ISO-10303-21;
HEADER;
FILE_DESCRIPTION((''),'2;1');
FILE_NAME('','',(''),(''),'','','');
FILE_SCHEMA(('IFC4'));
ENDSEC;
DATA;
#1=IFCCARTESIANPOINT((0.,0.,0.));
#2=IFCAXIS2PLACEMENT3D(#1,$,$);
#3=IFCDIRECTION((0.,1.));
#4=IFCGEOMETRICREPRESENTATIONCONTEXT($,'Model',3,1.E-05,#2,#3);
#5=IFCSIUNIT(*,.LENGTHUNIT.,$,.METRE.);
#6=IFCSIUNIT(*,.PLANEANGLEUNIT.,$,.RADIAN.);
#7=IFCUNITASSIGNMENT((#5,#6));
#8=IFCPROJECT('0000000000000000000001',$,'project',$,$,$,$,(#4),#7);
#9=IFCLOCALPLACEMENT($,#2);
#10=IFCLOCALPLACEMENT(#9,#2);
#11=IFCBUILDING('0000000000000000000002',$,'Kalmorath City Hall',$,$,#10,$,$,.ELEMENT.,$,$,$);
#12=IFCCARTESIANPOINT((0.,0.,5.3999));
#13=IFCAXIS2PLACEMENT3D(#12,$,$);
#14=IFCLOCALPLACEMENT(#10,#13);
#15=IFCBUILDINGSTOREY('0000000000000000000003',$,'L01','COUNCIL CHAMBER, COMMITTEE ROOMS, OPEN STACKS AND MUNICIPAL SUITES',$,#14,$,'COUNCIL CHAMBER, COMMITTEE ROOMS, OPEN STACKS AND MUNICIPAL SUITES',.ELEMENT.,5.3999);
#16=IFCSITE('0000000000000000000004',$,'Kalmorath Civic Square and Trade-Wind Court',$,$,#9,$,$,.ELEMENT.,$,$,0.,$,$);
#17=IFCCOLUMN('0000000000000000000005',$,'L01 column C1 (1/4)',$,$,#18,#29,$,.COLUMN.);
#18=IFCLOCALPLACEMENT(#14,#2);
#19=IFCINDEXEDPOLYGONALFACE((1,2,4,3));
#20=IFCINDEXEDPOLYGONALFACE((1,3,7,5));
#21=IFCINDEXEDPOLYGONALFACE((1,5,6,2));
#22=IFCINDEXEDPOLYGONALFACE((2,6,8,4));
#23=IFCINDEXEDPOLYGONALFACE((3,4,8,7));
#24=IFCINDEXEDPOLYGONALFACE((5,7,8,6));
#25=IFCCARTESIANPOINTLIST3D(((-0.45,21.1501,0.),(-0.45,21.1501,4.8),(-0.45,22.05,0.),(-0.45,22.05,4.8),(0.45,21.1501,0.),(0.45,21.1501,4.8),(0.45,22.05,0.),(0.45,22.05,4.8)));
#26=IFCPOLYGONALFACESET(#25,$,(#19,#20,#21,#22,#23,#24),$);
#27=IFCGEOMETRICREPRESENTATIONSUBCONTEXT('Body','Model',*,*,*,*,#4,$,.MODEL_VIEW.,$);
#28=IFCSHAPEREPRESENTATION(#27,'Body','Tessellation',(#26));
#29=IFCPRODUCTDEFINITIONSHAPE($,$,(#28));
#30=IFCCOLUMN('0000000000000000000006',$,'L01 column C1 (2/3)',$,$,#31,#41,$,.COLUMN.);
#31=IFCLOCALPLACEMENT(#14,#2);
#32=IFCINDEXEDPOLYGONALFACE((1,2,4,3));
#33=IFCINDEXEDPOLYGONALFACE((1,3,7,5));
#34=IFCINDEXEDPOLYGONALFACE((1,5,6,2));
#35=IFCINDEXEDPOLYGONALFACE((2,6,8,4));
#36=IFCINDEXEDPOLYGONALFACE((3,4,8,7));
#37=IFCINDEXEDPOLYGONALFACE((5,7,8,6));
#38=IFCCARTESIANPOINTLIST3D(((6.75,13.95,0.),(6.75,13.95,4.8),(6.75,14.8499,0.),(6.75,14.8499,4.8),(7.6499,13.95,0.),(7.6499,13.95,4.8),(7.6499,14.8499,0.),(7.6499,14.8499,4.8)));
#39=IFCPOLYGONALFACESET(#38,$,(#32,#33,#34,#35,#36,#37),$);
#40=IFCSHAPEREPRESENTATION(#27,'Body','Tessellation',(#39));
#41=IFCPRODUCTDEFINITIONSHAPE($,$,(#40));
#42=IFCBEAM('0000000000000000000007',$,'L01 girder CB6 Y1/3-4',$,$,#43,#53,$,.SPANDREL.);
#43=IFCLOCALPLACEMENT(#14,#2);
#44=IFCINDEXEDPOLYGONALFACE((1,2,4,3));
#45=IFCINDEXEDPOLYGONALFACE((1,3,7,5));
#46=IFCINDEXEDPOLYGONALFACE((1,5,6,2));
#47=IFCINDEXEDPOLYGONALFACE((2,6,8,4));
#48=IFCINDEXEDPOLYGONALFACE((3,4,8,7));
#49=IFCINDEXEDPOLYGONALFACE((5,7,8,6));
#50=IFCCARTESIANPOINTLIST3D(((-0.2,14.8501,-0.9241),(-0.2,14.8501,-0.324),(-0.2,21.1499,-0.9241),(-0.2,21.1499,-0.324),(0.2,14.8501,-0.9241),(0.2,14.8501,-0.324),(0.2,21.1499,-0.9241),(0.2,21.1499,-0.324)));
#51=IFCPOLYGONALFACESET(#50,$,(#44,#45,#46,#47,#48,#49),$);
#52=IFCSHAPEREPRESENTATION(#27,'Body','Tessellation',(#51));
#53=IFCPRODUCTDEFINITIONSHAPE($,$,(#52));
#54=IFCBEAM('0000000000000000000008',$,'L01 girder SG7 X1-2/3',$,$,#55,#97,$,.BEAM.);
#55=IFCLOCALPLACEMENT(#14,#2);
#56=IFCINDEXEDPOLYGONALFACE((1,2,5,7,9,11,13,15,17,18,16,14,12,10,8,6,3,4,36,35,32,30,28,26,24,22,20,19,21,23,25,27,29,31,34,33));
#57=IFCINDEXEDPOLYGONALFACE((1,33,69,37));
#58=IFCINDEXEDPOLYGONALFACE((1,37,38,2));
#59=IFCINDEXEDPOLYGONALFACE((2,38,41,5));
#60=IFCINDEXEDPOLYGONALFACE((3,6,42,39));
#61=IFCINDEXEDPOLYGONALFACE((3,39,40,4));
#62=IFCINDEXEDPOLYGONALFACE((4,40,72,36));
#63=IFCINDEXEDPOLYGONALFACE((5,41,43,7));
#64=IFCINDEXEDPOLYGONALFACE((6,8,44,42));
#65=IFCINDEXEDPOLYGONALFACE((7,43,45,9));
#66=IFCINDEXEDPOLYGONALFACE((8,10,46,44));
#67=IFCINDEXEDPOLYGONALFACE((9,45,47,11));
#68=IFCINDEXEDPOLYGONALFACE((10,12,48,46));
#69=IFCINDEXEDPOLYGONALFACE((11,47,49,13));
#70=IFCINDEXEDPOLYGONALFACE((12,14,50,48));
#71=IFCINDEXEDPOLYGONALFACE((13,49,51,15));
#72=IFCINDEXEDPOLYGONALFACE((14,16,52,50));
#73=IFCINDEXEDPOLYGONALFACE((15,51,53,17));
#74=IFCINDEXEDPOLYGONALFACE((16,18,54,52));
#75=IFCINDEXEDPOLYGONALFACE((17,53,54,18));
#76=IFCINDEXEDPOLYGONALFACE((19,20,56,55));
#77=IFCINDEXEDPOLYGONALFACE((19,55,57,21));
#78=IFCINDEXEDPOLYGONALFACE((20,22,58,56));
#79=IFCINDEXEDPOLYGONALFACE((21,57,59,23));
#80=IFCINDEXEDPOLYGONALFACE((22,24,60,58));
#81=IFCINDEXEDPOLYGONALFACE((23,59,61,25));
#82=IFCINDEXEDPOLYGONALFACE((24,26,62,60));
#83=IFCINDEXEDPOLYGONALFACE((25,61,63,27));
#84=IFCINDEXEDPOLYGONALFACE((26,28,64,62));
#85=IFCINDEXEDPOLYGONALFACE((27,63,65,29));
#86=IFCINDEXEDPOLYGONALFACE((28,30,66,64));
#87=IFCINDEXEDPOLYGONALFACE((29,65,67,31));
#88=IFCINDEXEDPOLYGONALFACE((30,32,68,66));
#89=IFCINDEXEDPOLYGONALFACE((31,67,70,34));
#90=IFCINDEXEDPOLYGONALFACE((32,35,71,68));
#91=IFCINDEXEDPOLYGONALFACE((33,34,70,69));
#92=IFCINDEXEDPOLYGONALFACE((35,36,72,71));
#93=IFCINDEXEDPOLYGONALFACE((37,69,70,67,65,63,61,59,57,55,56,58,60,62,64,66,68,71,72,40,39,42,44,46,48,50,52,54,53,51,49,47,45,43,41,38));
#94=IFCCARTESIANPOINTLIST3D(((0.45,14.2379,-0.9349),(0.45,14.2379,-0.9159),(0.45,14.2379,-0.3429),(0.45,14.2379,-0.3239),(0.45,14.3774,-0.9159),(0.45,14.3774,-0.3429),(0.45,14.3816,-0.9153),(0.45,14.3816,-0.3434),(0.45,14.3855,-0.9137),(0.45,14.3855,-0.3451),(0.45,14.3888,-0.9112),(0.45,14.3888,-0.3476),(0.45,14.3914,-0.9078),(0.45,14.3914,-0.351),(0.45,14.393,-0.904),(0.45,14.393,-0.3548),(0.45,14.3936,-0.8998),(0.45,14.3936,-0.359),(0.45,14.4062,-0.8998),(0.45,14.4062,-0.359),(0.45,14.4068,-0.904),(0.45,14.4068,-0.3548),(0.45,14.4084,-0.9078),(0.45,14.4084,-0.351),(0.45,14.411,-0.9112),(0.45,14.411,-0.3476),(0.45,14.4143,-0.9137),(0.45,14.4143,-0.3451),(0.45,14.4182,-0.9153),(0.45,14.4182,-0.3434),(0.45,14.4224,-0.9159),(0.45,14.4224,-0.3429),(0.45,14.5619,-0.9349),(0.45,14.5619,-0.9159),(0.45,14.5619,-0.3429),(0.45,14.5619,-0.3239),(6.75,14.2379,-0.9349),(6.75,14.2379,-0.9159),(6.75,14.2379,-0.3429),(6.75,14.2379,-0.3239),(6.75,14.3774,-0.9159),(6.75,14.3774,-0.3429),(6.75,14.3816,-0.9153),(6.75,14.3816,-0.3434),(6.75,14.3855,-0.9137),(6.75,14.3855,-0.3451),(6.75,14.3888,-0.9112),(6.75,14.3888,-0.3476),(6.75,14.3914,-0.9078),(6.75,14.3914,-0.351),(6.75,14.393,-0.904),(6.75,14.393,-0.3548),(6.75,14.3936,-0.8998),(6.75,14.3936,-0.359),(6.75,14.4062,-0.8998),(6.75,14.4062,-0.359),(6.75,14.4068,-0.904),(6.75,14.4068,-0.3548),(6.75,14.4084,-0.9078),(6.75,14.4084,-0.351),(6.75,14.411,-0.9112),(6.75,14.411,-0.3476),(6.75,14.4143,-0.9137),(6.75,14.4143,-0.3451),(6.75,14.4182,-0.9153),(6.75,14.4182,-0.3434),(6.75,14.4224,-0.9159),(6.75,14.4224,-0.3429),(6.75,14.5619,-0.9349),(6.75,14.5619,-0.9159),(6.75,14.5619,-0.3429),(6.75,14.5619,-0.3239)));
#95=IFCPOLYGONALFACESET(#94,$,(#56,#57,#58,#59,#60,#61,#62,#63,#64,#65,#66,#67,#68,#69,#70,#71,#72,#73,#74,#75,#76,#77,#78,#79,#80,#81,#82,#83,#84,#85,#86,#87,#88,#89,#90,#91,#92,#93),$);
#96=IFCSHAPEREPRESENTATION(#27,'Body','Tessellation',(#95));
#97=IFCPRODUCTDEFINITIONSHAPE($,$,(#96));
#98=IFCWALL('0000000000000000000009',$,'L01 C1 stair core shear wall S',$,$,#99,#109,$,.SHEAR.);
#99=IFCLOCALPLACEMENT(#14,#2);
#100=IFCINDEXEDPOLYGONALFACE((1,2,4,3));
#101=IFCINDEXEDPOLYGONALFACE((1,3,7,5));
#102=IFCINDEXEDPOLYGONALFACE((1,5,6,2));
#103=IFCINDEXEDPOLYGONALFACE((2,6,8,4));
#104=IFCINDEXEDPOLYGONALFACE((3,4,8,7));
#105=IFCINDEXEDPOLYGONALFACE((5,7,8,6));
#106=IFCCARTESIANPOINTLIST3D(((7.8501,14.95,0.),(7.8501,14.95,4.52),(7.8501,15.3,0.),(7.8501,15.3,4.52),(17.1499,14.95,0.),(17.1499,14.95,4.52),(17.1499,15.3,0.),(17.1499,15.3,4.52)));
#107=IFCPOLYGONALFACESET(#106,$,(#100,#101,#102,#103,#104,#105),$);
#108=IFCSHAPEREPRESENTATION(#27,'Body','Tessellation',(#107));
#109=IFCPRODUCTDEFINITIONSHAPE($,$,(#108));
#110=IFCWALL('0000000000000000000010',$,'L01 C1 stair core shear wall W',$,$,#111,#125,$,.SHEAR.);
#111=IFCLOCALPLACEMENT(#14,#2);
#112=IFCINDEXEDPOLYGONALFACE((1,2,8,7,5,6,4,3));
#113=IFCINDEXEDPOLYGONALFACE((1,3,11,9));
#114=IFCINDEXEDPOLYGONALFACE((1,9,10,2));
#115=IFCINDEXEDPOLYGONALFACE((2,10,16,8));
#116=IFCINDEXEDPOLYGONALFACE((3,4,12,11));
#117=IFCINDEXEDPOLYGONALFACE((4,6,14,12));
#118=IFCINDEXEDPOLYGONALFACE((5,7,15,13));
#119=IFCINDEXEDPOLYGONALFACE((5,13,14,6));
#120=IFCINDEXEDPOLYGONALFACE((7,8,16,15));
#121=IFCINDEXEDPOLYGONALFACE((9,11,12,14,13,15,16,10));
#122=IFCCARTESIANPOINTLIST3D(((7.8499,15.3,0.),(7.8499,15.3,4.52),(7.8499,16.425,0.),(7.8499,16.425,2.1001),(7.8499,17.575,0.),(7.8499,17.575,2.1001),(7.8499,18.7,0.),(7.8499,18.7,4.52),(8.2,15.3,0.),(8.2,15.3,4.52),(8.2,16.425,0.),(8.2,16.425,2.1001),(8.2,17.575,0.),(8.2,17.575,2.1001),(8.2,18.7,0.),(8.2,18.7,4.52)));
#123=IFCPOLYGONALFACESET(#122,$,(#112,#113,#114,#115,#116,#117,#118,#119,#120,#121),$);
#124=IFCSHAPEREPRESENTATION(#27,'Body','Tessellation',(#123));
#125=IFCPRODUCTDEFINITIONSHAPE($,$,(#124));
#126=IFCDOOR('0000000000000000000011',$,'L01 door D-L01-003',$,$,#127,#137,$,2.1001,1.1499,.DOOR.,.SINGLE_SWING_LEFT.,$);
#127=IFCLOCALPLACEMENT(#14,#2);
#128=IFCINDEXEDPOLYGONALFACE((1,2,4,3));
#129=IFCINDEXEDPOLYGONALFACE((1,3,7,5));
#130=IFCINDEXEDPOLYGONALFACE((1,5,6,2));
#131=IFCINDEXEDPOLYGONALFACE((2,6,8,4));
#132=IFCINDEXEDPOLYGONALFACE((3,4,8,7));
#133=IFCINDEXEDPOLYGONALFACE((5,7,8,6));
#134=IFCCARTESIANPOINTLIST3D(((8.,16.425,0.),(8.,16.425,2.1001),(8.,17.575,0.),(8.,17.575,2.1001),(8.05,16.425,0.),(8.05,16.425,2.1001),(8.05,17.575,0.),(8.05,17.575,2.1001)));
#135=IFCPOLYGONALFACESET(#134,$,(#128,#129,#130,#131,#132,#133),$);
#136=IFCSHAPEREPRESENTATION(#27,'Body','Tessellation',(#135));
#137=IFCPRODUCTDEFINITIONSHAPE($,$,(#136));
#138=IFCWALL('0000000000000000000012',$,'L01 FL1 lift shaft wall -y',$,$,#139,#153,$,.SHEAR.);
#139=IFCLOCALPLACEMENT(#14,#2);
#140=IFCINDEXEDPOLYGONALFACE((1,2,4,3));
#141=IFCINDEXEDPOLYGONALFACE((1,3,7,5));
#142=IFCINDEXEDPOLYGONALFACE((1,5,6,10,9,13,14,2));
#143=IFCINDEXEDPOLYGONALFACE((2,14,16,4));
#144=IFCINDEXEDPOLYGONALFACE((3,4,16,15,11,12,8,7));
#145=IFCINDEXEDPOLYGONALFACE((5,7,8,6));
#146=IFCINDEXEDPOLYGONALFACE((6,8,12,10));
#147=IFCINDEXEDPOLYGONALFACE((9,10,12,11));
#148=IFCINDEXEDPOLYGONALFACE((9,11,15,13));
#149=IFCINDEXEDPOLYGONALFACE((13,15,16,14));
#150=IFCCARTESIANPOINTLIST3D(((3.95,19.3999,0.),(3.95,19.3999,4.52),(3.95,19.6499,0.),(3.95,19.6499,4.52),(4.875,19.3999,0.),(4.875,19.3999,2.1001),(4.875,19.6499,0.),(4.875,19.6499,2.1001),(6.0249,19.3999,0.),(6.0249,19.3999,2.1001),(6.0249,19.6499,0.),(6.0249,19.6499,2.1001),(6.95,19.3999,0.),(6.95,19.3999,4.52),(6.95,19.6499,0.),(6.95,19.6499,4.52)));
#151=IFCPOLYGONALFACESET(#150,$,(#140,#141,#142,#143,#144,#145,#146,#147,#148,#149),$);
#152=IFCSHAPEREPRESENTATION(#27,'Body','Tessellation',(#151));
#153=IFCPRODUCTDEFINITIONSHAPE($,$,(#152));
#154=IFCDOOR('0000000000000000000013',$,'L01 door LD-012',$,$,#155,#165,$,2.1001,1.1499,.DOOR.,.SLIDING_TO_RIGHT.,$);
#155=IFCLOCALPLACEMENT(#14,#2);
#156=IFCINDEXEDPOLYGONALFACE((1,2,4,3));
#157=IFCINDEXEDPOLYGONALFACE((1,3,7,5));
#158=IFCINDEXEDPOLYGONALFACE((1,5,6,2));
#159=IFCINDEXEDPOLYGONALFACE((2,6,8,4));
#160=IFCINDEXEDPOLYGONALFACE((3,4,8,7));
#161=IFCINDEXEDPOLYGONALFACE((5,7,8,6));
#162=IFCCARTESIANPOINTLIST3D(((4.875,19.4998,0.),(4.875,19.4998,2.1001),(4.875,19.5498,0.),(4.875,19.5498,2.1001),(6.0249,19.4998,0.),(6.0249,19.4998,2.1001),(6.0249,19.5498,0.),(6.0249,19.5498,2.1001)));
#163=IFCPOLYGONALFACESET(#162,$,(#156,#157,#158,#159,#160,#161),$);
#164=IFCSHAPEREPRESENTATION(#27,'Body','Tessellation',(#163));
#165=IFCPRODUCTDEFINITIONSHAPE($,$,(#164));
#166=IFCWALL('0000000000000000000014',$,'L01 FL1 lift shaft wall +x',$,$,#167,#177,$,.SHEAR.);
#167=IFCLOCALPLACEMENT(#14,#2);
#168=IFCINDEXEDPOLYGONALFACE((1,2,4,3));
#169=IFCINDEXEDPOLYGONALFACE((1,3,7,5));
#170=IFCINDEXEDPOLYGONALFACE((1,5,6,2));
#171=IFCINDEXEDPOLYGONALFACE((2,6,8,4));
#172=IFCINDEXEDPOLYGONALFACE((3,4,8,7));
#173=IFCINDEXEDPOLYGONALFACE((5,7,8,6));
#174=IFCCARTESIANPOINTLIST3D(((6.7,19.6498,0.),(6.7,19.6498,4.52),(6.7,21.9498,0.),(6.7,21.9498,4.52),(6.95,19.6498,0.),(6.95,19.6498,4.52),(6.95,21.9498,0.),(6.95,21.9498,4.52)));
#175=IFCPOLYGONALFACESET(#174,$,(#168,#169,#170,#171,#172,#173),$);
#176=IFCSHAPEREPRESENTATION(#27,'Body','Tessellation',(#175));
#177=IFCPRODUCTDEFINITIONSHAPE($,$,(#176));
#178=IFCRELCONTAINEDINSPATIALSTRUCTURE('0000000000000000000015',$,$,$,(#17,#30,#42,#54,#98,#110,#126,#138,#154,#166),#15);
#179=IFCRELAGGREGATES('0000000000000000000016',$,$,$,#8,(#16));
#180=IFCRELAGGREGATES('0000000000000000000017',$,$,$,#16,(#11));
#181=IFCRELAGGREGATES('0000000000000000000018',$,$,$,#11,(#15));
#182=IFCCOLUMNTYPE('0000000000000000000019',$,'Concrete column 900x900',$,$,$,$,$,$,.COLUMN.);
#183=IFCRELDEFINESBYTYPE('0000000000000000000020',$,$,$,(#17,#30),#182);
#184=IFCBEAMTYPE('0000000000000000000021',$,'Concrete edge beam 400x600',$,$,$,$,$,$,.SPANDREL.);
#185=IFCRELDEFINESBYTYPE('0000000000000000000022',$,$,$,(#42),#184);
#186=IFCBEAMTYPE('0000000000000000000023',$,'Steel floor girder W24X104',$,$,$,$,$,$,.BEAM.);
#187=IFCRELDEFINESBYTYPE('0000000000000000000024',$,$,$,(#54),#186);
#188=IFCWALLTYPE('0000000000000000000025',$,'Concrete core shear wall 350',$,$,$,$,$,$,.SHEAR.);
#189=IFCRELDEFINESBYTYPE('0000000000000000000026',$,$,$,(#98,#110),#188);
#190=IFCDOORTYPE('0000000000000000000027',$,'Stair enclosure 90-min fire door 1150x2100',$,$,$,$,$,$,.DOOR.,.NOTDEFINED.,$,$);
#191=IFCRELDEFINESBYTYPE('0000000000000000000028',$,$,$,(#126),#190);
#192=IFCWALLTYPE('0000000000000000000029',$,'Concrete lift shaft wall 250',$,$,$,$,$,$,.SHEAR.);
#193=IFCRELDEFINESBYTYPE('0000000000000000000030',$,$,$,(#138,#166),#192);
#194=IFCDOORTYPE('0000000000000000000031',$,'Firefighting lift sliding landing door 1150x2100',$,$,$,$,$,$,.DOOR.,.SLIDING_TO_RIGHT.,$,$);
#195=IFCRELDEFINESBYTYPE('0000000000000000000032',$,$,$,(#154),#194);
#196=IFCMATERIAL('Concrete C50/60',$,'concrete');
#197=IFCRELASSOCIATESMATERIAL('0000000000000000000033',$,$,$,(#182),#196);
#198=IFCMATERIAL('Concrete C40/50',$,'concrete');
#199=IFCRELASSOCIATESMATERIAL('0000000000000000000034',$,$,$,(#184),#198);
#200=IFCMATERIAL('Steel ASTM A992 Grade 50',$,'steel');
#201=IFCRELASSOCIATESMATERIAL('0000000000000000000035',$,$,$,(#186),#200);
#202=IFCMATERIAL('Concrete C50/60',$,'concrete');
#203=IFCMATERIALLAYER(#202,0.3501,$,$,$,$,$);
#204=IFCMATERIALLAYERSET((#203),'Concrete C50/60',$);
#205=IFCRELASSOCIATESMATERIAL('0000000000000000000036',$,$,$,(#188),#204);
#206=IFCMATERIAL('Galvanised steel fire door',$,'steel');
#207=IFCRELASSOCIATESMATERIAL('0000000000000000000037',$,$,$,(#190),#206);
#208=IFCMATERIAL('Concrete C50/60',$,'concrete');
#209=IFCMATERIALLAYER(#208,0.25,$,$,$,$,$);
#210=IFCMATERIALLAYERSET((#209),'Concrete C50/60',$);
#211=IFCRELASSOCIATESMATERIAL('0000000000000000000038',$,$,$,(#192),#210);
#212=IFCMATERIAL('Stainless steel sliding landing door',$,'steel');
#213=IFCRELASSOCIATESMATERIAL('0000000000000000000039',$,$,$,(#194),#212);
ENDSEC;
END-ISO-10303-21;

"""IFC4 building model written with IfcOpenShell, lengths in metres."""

from ifc_helpers import new_model, si_unit, direction, frame, frame_2d, origin, origin_2d, place, context, subcontext, project, spatial, rectangle, i_section, extrude, material, layer, layer_set, material_profile, profile_set, type_object, element, fill, save


model = new_model("IFC4")

# Units and contexts
model_context = context("Model", 3, precision=1e-05, world=origin(), true_north=direction((0.0, 1.0)))
body_context = subcontext(model_context, "Body", "Model", "MODEL_VIEW")
ifc_project = project(units=[si_unit("LENGTHUNIT", "METRE"), si_unit("PLANEANGLEUNIT", "RADIAN")], contexts=[model_context])

# Site, building, storey
site_placement = place(None, origin())
site = spatial("IfcSite", under=ifc_project, at=site_placement, Name="Kalmorath Civic Square and Trade-Wind Court", CompositionType="ELEMENT", RefElevation=0.0)
building_placement = place(site_placement, origin())
building = spatial("IfcBuilding", under=site, at=building_placement, Name="Kalmorath City Hall", CompositionType="ELEMENT")
storey_placement = place(building_placement, frame((0.0, 0.0, 5.3999)))
storey = spatial("IfcBuildingStorey", under=building, at=storey_placement, Name="L01", Description="COUNCIL CHAMBER, COMMITTEE ROOMS, OPEN STACKS AND MUNICIPAL SUITES", LongName="COUNCIL CHAMBER, COMMITTEE ROOMS, OPEN STACKS AND MUNICIPAL SUITES", CompositionType="ELEMENT", Elevation=5.3999)

# Columns
ifc_material_1 = material(Name="Concrete C50/60", Category="concrete")
ifc_material_profile_1 = material_profile(ifc_material_1, rectangle(XDim=0.8999, YDim=0.8999, at=origin_2d()), Name="RC-COL-900X900")
ifc_profile_set_1 = profile_set([ifc_material_profile_1], Name="Concrete C50/60")
column_type = type_object("IfcColumnType", Name="Concrete column 900x900", PredefinedType="COLUMN", material=ifc_profile_set_1)
for number, where, z_axis, x_axis, name in (
    (1, (0.0, 21.6001, 0.0), (0.0, 0.0, 1.0), (1.0, 0.0, 0.0), "L01 column C1 (1/4)"),
    (2, (7.2, 14.3999, 0.0), (0.0, 0.0, 1.0), (1.0, 0.0, 0.0), "L01 column C1 (2/3)"),
):
    element("IfcColumn", number, at=place(storey_placement, frame(where, z_axis=z_axis, x_axis=x_axis)), inside=storey, type_object=column_type, Name=name, PredefinedType="COLUMN", context=body_context, shape_type="SweptSolid", body=[
        extrude(rectangle(XDim=0.8999, YDim=0.8999, at=origin_2d()), origin(), (0.0, 0.0, 1.0), 4.8),
    ])

# Beams
ifc_material_2 = material(Name="Concrete C40/50", Category="concrete")
ifc_material_profile_2 = material_profile(ifc_material_2, rectangle(XDim=0.3999, YDim=0.6001, at=origin_2d()), Name="RC-BM-400X600")
ifc_profile_set_2 = profile_set([ifc_material_profile_2], Name="Concrete C40/50")
beam_type_1 = type_object("IfcBeamType", Name="Concrete edge beam 400x600", PredefinedType="SPANDREL", material=ifc_profile_set_2)
beam_1_placement = place(storey_placement, frame((0.0, 14.8501, -0.624), z_axis=(0.0, 1.0, 0.0), x_axis=(-1.0, 0.0, 0.0)))
element("IfcBeam", 3, at=beam_1_placement, inside=storey, type_object=beam_type_1, Name="L01 girder CB6 Y1/3-4", PredefinedType="SPANDREL", context=body_context, shape_type="SweptSolid", body=[
    extrude(rectangle(XDim=0.3999, YDim=0.6001, at=origin_2d()), origin(), (0.0, 0.0, 1.0), 6.2998),
])
ifc_material_3 = material(Name="Steel ASTM A992 Grade 50", Category="steel")
ifc_material_profile_3 = material_profile(ifc_material_3, i_section(OverallWidth=0.324, OverallDepth=0.6111, WebThickness=0.0127, FlangeThickness=0.019, FilletRadius=0.0161, at=origin_2d()), Name="W24X104")
ifc_profile_set_3 = profile_set([ifc_material_profile_3], Name="Steel ASTM A992 Grade 50")
beam_type_2 = type_object("IfcBeamType", Name="Steel floor girder W24X104", PredefinedType="BEAM", material=ifc_profile_set_3)
beam_2_placement = place(storey_placement, frame((0.45, 14.3999, -0.6294), z_axis=(1.0, 0.0, 0.0), x_axis=(0.0, 1.0, 0.0)))
element("IfcBeam", 4, at=beam_2_placement, inside=storey, type_object=beam_type_2, Name="L01 girder SG7 X1-2/3", PredefinedType="BEAM", context=body_context, shape_type="SweptSolid", body=[
    extrude(i_section(OverallWidth=0.324, OverallDepth=0.6111, WebThickness=0.0127, FlangeThickness=0.019, FilletRadius=0.0161, at=origin_2d()), origin(), (0.0, 0.0, 1.0), 6.3),
])

# Wall
ifc_material_4 = material(Name="Concrete C50/60", Category="concrete")
ifc_layer_1 = layer(ifc_material_4, 0.3501)
ifc_layer_set_1 = layer_set([ifc_layer_1], Name="Concrete C50/60")
wall_type_1 = type_object("IfcWallType", Name="Concrete core shear wall 350", PredefinedType="SHEAR", material=ifc_layer_set_1)
wall_1_placement = place(storey_placement, frame((7.8501, 15.125, 0.0), z_axis=(0.0, 0.0, 1.0), x_axis=(1.0, 0.0, 0.0)))
element("IfcWall", 5, at=wall_1_placement, inside=storey, type_object=wall_type_1, Name="L01 C1 stair core shear wall S", PredefinedType="SHEAR", context=body_context, shape_type="SweptSolid", body=[
    extrude(rectangle(XDim=9.2998, YDim=0.3501, at=frame_2d((4.6499, 0.0))), origin(), (0.0, 0.0, 1.0), 4.52),
])

# Walls, openings, doors
wall_2_placement = place(storey_placement, frame((8.0249, 18.7, 0.0), z_axis=(0.0, 0.0, 1.0), x_axis=(0.0, -1.0, 0.0)))
wall_2 = element("IfcWall", 6, at=wall_2_placement, inside=storey, type_object=wall_type_1, Name="L01 C1 stair core shear wall W", PredefinedType="SHEAR", context=body_context, shape_type="SweptSolid", body=[
    extrude(rectangle(XDim=3.3999, YDim=0.3501, at=frame_2d((1.7, 0.0))), origin(), (0.0, 0.0, 1.0), 4.52),
])
opening_1_placement = place(wall_2_placement, frame((1.125, 0.0, 0.0)))
opening_1 = element("IfcOpeningElement", 7, at=opening_1_placement, cuts=wall_2, PredefinedType="OPENING", context=body_context, shape_type="SweptSolid", body=[
    extrude(rectangle(XDim=1.1499, YDim=2.1001, at=frame_2d((0.575, 1.05))), frame((0.0, 0.1851, 0.0), z_axis=(0.0, -1.0, 0.0), x_axis=(1.0, 0.0, 0.0)), (0.0, 0.0, 1.0), 0.3701),
])
ifc_material_5 = material(Name="Galvanised steel fire door", Category="steel")
door_type_1 = type_object("IfcDoorType", Name="Stair enclosure 90-min fire door 1150x2100", OperationType="NOTDEFINED", PredefinedType="DOOR", material=ifc_material_5)
door_1_placement = place(opening_1_placement, frame((1.1499, 0.0, 0.0), z_axis=(0.0, 0.0, 1.0), x_axis=(-1.0, 0.0, 0.0)))
door_1 = element("IfcDoor", 8, at=door_1_placement, inside=storey, type_object=door_type_1, Name="L01 door D-L01-003", OperationType="SINGLE_SWING_LEFT", OverallHeight=2.1001, OverallWidth=1.1499, PredefinedType="DOOR", context=body_context, shape_type="SweptSolid", body=[
    extrude(rectangle(XDim=1.1499, YDim=2.1001, at=frame_2d((0.575, 1.05))), frame((0.0, 0.0249, 0.0), z_axis=(0.0, -1.0, 0.0), x_axis=(1.0, 0.0, 0.0)), (0.0, 0.0, 1.0), 0.05),
])
fill(opening_1, door_1)
ifc_material_6 = material(Name="Concrete C50/60", Category="concrete")
ifc_layer_2 = layer(ifc_material_6, 0.25)
ifc_layer_set_2 = layer_set([ifc_layer_2], Name="Concrete C50/60")
wall_type_2 = type_object("IfcWallType", Name="Concrete lift shaft wall 250", PredefinedType="SHEAR", material=ifc_layer_set_2)
wall_3_placement = place(storey_placement, frame((3.95, 19.5249, 0.0), z_axis=(0.0, 0.0, 1.0), x_axis=(1.0, 0.0, 0.0)))
wall_3 = element("IfcWall", 9, at=wall_3_placement, inside=storey, type_object=wall_type_2, Name="L01 FL1 lift shaft wall -y", PredefinedType="SHEAR", context=body_context, shape_type="SweptSolid", body=[
    extrude(rectangle(XDim=3.0, YDim=0.25, at=frame_2d((1.5, 0.0))), origin(), (0.0, 0.0, 1.0), 4.52),
])
opening_2_placement = place(wall_3_placement, frame((0.925, 0.0, 0.0)))
opening_2 = element("IfcOpeningElement", 10, at=opening_2_placement, cuts=wall_3, PredefinedType="OPENING", context=body_context, shape_type="SweptSolid", body=[
    extrude(rectangle(XDim=1.1499, YDim=2.1001, at=frame_2d((0.575, 1.05))), frame((0.0, 0.135, 0.0), z_axis=(0.0, -1.0, 0.0), x_axis=(1.0, 0.0, 0.0)), (0.0, 0.0, 1.0), 0.27),
])
ifc_material_7 = material(Name="Stainless steel sliding landing door", Category="steel")
door_type_2 = type_object("IfcDoorType", Name="Firefighting lift sliding landing door 1150x2100", OperationType="SLIDING_TO_RIGHT", PredefinedType="DOOR", material=ifc_material_7)
door_2_placement = place(opening_2_placement, origin())
door_2 = element("IfcDoor", 11, at=door_2_placement, inside=storey, type_object=door_type_2, Name="L01 door LD-012", OperationType="SLIDING_TO_RIGHT", OverallHeight=2.1001, OverallWidth=1.1499, PredefinedType="DOOR", context=body_context, shape_type="SweptSolid", body=[
    extrude(rectangle(XDim=1.1499, YDim=2.1001, at=frame_2d((0.575, 1.05))), frame((0.0, 0.0249, 0.0), z_axis=(0.0, -1.0, 0.0), x_axis=(1.0, 0.0, 0.0)), (0.0, 0.0, 1.0), 0.05),
])
fill(opening_2, door_2)

# Wall
wall_4_placement = place(storey_placement, frame((6.825, 19.6499, 0.0), z_axis=(0.0, 0.0, 1.0), x_axis=(0.0, 1.0, 0.0)))
element("IfcWall", 12, at=wall_4_placement, inside=storey, type_object=wall_type_2, Name="L01 FL1 lift shaft wall +x", PredefinedType="SHEAR", context=body_context, shape_type="SweptSolid", body=[
    extrude(rectangle(XDim=2.3, YDim=0.25, at=frame_2d((1.1499, 0.0))), origin(), (0.0, 0.0, 1.0), 4.52),
])

save(model, "model.ifc")
